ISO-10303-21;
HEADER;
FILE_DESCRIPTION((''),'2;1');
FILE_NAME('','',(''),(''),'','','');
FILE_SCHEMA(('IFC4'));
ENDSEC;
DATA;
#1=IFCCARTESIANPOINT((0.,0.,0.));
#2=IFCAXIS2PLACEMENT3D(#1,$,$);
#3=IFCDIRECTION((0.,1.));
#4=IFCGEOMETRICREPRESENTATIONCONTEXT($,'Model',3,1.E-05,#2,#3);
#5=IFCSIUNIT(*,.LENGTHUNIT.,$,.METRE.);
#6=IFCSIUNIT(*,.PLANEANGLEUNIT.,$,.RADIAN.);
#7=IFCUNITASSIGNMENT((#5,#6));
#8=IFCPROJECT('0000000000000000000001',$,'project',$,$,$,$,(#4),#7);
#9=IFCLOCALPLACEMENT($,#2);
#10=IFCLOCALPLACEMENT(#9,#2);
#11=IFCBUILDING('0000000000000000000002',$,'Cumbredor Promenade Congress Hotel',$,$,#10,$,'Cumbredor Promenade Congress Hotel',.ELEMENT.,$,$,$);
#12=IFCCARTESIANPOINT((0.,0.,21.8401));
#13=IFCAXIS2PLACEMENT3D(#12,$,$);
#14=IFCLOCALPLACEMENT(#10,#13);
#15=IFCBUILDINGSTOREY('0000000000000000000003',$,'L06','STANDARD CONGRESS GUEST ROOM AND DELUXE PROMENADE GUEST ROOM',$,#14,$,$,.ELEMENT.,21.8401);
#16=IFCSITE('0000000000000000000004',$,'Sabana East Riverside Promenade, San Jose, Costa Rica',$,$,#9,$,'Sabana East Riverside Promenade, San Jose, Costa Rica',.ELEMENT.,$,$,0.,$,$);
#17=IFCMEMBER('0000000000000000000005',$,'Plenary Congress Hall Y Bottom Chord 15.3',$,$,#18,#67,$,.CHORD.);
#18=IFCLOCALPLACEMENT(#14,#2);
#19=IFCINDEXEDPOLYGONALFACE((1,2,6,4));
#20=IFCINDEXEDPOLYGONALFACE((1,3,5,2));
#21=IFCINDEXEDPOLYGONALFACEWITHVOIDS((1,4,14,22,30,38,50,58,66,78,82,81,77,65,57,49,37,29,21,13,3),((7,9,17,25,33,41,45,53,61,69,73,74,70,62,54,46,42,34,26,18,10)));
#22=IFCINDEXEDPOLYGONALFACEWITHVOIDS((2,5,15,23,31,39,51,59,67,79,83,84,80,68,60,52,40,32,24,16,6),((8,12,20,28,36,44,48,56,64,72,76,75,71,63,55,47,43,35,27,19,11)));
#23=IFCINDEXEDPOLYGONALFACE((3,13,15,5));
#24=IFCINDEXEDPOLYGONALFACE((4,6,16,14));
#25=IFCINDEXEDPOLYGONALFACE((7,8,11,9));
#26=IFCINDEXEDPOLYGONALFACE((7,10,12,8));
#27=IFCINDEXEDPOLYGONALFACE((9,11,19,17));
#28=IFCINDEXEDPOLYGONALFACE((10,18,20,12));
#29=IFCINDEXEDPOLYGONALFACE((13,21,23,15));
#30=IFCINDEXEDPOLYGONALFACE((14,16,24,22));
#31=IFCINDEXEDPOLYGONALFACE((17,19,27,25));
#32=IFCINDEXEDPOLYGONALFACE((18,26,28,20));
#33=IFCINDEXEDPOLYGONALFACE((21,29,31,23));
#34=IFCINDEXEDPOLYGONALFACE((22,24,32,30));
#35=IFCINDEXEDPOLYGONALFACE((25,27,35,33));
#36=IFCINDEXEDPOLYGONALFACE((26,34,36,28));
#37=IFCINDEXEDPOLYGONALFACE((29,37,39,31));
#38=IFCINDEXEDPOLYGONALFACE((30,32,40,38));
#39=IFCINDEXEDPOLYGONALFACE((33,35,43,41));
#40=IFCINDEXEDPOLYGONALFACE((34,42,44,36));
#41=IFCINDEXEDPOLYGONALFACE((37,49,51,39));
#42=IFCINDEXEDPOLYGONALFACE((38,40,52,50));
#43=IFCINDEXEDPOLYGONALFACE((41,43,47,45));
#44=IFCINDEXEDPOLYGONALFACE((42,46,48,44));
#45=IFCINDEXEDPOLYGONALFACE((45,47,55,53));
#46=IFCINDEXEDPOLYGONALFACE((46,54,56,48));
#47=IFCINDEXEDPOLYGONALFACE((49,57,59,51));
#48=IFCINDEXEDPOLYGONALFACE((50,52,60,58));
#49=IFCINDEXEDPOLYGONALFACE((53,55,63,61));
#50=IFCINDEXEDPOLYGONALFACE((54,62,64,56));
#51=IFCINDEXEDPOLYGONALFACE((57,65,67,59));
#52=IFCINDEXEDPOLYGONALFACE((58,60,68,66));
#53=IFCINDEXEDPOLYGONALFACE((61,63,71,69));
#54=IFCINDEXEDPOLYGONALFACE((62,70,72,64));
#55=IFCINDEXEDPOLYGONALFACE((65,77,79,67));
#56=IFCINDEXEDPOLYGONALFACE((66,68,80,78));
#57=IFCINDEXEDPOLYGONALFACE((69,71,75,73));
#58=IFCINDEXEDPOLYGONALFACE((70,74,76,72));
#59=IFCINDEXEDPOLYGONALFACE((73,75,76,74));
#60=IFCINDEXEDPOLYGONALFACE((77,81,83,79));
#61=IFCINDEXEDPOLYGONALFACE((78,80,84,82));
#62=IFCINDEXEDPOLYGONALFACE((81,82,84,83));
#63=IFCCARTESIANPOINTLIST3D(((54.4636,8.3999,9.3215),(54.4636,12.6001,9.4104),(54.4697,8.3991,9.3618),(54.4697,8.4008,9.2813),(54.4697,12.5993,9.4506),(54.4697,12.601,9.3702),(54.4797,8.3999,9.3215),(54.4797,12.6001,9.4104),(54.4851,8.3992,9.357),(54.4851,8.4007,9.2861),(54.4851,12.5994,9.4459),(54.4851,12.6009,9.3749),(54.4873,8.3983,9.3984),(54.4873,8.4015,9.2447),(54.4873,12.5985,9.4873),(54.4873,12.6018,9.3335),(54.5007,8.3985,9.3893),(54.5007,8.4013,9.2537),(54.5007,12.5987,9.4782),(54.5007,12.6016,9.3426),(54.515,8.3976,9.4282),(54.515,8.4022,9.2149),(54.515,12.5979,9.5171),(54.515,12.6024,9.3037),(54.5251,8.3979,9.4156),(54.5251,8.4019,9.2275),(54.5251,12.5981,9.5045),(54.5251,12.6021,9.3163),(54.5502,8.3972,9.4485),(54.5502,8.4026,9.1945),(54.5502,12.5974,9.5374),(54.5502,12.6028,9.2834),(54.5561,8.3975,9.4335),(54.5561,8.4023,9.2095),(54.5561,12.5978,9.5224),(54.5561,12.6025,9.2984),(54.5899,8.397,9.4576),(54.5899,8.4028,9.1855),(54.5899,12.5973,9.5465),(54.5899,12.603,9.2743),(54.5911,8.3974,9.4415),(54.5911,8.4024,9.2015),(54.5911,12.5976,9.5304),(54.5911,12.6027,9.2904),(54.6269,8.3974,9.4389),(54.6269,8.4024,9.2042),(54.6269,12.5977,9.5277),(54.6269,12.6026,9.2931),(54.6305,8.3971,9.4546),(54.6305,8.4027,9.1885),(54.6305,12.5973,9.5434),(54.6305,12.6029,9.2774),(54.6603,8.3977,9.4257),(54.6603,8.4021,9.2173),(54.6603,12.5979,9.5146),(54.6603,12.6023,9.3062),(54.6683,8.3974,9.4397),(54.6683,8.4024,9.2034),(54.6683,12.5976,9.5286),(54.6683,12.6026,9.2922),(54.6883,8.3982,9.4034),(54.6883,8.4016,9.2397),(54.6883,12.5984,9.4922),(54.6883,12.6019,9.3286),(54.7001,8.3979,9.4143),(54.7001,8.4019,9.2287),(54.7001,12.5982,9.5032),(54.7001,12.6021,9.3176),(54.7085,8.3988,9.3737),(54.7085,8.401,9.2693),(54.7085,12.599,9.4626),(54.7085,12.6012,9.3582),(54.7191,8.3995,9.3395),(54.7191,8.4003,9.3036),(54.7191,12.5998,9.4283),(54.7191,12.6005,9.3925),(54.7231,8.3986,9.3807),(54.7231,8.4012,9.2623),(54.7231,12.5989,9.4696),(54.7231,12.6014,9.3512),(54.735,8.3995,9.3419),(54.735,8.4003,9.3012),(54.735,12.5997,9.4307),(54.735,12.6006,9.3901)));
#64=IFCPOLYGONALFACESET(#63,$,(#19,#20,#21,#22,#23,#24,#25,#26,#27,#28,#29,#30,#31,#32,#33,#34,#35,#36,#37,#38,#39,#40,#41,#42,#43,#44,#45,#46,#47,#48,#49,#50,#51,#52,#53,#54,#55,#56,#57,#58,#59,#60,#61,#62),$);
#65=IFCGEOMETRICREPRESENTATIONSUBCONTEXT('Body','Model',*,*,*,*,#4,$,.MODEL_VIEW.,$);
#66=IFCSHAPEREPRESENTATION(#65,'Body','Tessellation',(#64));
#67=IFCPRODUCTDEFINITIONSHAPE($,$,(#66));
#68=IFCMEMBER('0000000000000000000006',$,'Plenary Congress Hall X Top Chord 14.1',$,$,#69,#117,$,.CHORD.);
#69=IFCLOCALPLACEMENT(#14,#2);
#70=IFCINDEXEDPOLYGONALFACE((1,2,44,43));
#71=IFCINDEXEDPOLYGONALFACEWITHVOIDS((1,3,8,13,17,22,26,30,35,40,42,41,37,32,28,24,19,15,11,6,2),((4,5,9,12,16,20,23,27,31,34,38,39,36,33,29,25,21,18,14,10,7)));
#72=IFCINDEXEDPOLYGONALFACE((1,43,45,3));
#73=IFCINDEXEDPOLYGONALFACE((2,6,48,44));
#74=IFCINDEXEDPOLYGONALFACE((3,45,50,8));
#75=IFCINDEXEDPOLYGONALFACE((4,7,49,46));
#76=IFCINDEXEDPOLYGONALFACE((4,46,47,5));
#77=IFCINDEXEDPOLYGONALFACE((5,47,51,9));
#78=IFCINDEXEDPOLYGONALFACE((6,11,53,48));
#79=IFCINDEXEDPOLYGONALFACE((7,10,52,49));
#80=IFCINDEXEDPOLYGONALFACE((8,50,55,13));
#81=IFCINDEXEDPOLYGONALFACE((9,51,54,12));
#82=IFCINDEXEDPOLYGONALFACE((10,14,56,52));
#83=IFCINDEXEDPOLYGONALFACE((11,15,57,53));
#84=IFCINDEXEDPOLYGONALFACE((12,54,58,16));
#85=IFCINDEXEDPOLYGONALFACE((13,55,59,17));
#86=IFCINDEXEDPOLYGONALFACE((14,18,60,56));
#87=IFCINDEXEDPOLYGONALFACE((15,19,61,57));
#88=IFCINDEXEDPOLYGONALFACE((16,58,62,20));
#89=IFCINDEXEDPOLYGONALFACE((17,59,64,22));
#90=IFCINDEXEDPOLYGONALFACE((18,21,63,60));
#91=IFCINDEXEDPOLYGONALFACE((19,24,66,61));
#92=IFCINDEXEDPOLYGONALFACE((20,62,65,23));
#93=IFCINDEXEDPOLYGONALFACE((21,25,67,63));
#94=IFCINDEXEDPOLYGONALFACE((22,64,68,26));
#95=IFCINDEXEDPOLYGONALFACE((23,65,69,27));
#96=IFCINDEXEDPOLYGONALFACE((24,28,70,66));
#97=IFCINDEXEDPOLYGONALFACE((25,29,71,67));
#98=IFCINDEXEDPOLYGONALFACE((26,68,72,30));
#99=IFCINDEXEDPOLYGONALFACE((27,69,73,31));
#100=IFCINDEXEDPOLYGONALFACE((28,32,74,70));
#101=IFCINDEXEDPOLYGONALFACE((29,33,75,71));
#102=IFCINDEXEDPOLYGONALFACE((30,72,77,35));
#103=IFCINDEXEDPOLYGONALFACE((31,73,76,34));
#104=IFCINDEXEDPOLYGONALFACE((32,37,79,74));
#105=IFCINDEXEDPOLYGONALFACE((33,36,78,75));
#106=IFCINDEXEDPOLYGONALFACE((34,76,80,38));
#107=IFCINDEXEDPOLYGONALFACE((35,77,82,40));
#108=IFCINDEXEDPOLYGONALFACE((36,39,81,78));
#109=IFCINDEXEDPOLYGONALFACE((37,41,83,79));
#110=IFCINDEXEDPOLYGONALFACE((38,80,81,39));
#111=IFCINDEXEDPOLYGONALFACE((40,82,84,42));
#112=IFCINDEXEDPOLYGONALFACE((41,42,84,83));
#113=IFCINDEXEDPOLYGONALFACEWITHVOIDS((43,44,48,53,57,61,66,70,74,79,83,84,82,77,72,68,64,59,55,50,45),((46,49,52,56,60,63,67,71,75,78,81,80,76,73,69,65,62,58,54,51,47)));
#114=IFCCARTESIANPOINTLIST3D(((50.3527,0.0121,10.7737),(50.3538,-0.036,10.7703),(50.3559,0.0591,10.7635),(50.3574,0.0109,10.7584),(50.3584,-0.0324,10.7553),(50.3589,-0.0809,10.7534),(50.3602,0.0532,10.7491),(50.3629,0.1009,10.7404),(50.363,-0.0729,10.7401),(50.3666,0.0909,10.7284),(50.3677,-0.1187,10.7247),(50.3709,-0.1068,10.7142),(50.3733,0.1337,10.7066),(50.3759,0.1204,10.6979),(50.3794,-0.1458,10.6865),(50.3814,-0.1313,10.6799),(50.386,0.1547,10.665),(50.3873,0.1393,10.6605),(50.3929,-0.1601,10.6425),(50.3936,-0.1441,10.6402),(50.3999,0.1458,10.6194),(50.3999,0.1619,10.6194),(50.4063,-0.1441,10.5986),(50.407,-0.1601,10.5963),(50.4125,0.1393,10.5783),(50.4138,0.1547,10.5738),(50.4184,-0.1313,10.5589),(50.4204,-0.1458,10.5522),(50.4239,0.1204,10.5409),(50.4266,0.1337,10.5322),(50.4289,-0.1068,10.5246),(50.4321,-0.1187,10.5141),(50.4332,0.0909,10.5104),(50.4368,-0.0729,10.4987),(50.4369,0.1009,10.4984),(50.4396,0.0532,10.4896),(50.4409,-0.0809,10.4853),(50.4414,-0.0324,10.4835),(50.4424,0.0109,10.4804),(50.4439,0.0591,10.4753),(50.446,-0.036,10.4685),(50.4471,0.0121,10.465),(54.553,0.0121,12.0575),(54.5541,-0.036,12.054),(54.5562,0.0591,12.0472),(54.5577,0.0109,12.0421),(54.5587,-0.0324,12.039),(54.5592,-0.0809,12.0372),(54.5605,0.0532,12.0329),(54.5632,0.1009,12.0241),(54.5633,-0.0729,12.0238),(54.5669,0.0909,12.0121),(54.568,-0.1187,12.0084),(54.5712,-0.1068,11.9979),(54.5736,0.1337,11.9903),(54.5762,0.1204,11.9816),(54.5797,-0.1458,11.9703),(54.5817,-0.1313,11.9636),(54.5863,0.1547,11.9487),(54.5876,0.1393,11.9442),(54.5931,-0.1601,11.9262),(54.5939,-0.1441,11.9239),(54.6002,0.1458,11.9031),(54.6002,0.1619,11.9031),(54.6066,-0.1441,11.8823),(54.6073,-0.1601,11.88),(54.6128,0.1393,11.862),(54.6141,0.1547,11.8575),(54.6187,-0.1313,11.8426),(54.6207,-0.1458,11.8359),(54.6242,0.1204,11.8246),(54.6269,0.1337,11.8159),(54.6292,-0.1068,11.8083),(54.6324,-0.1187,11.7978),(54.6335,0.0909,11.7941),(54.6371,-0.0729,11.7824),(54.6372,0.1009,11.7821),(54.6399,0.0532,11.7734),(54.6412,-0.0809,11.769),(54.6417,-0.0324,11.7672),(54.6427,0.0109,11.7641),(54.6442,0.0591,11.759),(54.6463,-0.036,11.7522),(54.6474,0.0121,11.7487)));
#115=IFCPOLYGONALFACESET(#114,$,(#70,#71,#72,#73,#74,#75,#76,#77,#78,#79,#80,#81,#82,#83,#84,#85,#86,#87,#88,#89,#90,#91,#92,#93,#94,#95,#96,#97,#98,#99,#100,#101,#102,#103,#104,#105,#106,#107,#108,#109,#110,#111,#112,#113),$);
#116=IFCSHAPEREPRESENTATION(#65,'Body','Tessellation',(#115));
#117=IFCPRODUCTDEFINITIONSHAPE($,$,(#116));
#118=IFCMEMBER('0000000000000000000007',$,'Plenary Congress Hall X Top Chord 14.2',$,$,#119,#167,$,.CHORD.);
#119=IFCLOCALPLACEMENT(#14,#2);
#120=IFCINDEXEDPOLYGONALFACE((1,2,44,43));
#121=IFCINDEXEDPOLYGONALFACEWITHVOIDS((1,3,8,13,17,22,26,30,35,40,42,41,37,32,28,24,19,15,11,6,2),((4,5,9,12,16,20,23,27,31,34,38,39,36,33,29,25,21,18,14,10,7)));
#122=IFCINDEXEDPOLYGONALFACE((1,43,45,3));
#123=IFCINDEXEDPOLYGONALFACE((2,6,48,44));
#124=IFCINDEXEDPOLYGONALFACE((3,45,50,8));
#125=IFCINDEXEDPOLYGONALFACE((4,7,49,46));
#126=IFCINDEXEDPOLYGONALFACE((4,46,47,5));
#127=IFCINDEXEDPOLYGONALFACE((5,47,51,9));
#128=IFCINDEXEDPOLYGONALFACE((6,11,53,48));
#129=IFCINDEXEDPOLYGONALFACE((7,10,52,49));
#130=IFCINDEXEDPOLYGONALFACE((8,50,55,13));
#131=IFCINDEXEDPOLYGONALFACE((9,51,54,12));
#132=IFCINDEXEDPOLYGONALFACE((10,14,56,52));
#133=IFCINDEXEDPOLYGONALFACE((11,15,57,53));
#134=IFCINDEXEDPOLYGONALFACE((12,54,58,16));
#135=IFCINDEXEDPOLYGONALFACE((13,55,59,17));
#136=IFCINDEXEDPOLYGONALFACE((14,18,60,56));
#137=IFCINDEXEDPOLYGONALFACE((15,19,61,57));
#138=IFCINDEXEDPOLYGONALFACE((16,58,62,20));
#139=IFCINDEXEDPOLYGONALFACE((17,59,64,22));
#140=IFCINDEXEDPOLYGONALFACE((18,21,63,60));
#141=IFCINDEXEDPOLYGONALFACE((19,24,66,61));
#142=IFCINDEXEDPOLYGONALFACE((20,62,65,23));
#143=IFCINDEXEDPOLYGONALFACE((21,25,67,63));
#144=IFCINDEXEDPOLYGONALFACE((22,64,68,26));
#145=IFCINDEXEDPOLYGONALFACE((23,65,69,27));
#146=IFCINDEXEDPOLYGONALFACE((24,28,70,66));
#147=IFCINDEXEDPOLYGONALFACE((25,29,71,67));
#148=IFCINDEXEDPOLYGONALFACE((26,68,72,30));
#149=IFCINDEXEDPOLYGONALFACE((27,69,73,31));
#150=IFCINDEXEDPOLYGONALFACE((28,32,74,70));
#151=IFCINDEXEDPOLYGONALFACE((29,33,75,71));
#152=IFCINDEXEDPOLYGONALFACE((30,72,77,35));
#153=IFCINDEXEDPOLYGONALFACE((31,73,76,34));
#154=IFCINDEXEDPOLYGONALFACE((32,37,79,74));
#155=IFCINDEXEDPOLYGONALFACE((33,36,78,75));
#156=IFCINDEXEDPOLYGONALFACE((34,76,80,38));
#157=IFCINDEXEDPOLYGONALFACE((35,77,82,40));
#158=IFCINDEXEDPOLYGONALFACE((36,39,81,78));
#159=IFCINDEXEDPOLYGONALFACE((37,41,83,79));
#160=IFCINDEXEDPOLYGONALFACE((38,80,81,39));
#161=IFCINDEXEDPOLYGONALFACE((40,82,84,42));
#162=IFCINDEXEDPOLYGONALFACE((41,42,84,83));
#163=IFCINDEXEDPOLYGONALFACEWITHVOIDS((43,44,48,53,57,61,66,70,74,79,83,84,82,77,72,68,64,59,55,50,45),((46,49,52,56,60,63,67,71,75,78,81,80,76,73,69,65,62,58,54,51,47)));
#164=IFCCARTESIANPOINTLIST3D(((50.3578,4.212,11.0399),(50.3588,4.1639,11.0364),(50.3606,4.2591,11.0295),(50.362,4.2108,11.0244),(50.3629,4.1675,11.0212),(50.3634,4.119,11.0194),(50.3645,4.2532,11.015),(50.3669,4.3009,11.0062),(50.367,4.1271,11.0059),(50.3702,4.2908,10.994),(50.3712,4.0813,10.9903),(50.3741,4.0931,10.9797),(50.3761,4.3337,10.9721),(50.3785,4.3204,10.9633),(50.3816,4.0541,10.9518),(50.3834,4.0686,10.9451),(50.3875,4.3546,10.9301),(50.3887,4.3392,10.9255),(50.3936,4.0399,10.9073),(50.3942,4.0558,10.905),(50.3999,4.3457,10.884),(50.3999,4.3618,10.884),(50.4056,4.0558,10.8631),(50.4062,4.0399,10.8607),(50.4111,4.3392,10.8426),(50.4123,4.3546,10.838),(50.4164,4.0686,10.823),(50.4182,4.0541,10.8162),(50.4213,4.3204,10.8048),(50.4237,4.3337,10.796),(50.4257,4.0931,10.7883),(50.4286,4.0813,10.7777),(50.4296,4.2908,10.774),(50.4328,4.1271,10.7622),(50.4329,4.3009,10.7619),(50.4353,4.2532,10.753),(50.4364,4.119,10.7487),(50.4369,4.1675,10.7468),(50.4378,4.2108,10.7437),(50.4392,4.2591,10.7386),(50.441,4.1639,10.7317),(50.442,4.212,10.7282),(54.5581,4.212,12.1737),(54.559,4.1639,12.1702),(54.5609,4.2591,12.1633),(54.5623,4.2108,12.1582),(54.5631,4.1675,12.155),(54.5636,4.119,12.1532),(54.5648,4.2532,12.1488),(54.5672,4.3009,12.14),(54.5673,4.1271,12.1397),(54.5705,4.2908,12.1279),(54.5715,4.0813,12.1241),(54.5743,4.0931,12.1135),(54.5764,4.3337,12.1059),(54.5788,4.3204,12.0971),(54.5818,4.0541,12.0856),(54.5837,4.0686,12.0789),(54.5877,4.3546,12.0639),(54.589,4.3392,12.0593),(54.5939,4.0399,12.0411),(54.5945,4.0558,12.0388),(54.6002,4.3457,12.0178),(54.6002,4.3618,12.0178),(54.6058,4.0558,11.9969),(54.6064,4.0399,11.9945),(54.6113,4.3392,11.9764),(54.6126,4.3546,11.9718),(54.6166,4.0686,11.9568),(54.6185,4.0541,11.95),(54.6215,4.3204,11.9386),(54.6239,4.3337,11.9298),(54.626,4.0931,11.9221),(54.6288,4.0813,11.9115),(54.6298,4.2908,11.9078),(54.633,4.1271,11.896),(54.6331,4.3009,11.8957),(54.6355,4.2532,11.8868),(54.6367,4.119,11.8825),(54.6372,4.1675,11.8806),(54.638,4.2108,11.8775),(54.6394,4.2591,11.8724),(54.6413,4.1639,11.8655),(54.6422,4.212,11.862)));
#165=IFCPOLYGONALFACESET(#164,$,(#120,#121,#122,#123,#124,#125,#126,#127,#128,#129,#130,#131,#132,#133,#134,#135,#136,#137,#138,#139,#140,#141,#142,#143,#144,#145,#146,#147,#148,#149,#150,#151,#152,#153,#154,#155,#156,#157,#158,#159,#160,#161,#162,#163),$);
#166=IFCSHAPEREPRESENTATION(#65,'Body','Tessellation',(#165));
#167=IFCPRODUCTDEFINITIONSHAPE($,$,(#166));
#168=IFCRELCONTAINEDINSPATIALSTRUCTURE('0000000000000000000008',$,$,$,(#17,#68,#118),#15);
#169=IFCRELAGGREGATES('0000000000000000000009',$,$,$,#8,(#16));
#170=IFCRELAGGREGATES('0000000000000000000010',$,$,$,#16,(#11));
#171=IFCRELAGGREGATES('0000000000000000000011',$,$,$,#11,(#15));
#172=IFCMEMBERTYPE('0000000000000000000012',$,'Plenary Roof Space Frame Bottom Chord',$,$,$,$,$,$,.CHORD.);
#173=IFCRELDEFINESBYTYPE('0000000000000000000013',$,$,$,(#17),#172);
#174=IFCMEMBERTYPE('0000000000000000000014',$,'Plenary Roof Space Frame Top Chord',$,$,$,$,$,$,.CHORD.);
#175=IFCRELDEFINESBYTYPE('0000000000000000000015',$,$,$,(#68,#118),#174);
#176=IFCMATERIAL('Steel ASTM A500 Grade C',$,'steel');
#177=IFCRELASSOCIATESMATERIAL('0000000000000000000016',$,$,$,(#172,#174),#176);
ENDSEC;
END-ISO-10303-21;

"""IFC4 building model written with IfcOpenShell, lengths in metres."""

from ifc_helpers import new_model, si_unit, direction, frame, origin, origin_2d, place, context, subcontext, project, spatial, hollow_circle, extrude, material, material_profile, profile_set, type_object, element, save


model = new_model("IFC4")

# Units and contexts
model_context = context("Model", 3, precision=1e-05, world=origin(), true_north=direction((0.0, 1.0)))
body_context = subcontext(model_context, "Body", "Model", "MODEL_VIEW")
ifc_project = project(units=[si_unit("LENGTHUNIT", "METRE"), si_unit("PLANEANGLEUNIT", "RADIAN")], contexts=[model_context])

# Site, building, storey
site_placement = place(None, origin())
site = spatial("IfcSite", under=ifc_project, at=site_placement, Name="Sabana East Riverside Promenade, San Jose, Costa Rica", LongName="Sabana East Riverside Promenade, San Jose, Costa Rica", CompositionType="ELEMENT", RefElevation=0.0)
building_placement = place(site_placement, origin())
building = spatial("IfcBuilding", under=site, at=building_placement, Name="Cumbredor Promenade Congress Hotel", LongName="Cumbredor Promenade Congress Hotel", CompositionType="ELEMENT")
storey_placement = place(building_placement, frame((0.0, 0.0, 21.8401)))
storey = spatial("IfcBuildingStorey", under=building, at=storey_placement, Name="L06", Description="STANDARD CONGRESS GUEST ROOM AND DELUXE PROMENADE GUEST ROOM", CompositionType="ELEMENT", Elevation=21.8401)

# Members
ifc_material_1 = material(Name="Steel ASTM A500 Grade C", Category="steel")
ifc_material_profile_1 = material_profile(ifc_material_1, hollow_circle(Radius=0.1365, WallThickness=0.0161, at=origin_2d()), Name="CHS 273.0x16")
ifc_profile_set_1 = profile_set([ifc_material_profile_1], Name="Steel ASTM A500 Grade C")
member_type_1 = type_object("IfcMemberType", Name="Plenary Roof Space Frame Bottom Chord", PredefinedType="CHORD", material=ifc_profile_set_1)
for number, where, z_axis, x_axis, name in (
    (1, (54.6001, 8.3999, 9.3215), (0.0, 0.999776, 0.021153), (-1.0, 0.0, 0.0), "Plenary Congress Hall Y Bottom Chord 15.3"),
):
    element("IfcMember", number, at=place(storey_placement, frame(where, z_axis=z_axis, x_axis=x_axis)), inside=storey, type_object=member_type_1, Name=name, PredefinedType="CHORD", context=body_context, shape_type="SweptSolid", body=[
        extrude(hollow_circle(Radius=0.1365, WallThickness=0.0161, at=origin_2d()), origin(), (0.0, 0.0, 1.0), 4.2012),
    ])
ifc_material_profile_2 = material_profile(ifc_material_1, hollow_circle(Radius=0.1619, WallThickness=0.0161, at=origin_2d()), Name="CHS 323.9x16")
ifc_profile_set_2 = profile_set([ifc_material_profile_2], Name="Steel ASTM A500 Grade C")
member_type_2 = type_object("IfcMemberType", Name="Plenary Roof Space Frame Top Chord", PredefinedType="CHORD", material=ifc_profile_set_2)
member_1_placement = place(storey_placement, frame((50.3999, 0.0, 10.6194), z_axis=(0.956333, 0.0, 0.292281), x_axis=(0.0, 1.0, 0.0)))
element("IfcMember", 2, at=member_1_placement, inside=storey, type_object=member_type_2, Name="Plenary Congress Hall X Top Chord 14.1", PredefinedType="CHORD", context=body_context, shape_type="SweptSolid", body=[
    extrude(hollow_circle(Radius=0.1619, WallThickness=0.0161, at=origin_2d()), origin(), (0.0, 0.0, 1.0), 4.3921),
])
member_2_placement = place(storey_placement, frame((50.3999, 4.2, 10.884), z_axis=(0.965444, 0.0, 0.260609), x_axis=(0.0, 1.0, 0.0)))
element("IfcMember", 3, at=member_2_placement, inside=storey, type_object=member_type_2, Name="Plenary Congress Hall X Top Chord 14.2", PredefinedType="CHORD", context=body_context, shape_type="SweptSolid", body=[
    extrude(hollow_circle(Radius=0.1619, WallThickness=0.0161, at=origin_2d()), origin(), (0.0, 0.0, 1.0), 4.3506),
])

save(model, "model.ifc")
